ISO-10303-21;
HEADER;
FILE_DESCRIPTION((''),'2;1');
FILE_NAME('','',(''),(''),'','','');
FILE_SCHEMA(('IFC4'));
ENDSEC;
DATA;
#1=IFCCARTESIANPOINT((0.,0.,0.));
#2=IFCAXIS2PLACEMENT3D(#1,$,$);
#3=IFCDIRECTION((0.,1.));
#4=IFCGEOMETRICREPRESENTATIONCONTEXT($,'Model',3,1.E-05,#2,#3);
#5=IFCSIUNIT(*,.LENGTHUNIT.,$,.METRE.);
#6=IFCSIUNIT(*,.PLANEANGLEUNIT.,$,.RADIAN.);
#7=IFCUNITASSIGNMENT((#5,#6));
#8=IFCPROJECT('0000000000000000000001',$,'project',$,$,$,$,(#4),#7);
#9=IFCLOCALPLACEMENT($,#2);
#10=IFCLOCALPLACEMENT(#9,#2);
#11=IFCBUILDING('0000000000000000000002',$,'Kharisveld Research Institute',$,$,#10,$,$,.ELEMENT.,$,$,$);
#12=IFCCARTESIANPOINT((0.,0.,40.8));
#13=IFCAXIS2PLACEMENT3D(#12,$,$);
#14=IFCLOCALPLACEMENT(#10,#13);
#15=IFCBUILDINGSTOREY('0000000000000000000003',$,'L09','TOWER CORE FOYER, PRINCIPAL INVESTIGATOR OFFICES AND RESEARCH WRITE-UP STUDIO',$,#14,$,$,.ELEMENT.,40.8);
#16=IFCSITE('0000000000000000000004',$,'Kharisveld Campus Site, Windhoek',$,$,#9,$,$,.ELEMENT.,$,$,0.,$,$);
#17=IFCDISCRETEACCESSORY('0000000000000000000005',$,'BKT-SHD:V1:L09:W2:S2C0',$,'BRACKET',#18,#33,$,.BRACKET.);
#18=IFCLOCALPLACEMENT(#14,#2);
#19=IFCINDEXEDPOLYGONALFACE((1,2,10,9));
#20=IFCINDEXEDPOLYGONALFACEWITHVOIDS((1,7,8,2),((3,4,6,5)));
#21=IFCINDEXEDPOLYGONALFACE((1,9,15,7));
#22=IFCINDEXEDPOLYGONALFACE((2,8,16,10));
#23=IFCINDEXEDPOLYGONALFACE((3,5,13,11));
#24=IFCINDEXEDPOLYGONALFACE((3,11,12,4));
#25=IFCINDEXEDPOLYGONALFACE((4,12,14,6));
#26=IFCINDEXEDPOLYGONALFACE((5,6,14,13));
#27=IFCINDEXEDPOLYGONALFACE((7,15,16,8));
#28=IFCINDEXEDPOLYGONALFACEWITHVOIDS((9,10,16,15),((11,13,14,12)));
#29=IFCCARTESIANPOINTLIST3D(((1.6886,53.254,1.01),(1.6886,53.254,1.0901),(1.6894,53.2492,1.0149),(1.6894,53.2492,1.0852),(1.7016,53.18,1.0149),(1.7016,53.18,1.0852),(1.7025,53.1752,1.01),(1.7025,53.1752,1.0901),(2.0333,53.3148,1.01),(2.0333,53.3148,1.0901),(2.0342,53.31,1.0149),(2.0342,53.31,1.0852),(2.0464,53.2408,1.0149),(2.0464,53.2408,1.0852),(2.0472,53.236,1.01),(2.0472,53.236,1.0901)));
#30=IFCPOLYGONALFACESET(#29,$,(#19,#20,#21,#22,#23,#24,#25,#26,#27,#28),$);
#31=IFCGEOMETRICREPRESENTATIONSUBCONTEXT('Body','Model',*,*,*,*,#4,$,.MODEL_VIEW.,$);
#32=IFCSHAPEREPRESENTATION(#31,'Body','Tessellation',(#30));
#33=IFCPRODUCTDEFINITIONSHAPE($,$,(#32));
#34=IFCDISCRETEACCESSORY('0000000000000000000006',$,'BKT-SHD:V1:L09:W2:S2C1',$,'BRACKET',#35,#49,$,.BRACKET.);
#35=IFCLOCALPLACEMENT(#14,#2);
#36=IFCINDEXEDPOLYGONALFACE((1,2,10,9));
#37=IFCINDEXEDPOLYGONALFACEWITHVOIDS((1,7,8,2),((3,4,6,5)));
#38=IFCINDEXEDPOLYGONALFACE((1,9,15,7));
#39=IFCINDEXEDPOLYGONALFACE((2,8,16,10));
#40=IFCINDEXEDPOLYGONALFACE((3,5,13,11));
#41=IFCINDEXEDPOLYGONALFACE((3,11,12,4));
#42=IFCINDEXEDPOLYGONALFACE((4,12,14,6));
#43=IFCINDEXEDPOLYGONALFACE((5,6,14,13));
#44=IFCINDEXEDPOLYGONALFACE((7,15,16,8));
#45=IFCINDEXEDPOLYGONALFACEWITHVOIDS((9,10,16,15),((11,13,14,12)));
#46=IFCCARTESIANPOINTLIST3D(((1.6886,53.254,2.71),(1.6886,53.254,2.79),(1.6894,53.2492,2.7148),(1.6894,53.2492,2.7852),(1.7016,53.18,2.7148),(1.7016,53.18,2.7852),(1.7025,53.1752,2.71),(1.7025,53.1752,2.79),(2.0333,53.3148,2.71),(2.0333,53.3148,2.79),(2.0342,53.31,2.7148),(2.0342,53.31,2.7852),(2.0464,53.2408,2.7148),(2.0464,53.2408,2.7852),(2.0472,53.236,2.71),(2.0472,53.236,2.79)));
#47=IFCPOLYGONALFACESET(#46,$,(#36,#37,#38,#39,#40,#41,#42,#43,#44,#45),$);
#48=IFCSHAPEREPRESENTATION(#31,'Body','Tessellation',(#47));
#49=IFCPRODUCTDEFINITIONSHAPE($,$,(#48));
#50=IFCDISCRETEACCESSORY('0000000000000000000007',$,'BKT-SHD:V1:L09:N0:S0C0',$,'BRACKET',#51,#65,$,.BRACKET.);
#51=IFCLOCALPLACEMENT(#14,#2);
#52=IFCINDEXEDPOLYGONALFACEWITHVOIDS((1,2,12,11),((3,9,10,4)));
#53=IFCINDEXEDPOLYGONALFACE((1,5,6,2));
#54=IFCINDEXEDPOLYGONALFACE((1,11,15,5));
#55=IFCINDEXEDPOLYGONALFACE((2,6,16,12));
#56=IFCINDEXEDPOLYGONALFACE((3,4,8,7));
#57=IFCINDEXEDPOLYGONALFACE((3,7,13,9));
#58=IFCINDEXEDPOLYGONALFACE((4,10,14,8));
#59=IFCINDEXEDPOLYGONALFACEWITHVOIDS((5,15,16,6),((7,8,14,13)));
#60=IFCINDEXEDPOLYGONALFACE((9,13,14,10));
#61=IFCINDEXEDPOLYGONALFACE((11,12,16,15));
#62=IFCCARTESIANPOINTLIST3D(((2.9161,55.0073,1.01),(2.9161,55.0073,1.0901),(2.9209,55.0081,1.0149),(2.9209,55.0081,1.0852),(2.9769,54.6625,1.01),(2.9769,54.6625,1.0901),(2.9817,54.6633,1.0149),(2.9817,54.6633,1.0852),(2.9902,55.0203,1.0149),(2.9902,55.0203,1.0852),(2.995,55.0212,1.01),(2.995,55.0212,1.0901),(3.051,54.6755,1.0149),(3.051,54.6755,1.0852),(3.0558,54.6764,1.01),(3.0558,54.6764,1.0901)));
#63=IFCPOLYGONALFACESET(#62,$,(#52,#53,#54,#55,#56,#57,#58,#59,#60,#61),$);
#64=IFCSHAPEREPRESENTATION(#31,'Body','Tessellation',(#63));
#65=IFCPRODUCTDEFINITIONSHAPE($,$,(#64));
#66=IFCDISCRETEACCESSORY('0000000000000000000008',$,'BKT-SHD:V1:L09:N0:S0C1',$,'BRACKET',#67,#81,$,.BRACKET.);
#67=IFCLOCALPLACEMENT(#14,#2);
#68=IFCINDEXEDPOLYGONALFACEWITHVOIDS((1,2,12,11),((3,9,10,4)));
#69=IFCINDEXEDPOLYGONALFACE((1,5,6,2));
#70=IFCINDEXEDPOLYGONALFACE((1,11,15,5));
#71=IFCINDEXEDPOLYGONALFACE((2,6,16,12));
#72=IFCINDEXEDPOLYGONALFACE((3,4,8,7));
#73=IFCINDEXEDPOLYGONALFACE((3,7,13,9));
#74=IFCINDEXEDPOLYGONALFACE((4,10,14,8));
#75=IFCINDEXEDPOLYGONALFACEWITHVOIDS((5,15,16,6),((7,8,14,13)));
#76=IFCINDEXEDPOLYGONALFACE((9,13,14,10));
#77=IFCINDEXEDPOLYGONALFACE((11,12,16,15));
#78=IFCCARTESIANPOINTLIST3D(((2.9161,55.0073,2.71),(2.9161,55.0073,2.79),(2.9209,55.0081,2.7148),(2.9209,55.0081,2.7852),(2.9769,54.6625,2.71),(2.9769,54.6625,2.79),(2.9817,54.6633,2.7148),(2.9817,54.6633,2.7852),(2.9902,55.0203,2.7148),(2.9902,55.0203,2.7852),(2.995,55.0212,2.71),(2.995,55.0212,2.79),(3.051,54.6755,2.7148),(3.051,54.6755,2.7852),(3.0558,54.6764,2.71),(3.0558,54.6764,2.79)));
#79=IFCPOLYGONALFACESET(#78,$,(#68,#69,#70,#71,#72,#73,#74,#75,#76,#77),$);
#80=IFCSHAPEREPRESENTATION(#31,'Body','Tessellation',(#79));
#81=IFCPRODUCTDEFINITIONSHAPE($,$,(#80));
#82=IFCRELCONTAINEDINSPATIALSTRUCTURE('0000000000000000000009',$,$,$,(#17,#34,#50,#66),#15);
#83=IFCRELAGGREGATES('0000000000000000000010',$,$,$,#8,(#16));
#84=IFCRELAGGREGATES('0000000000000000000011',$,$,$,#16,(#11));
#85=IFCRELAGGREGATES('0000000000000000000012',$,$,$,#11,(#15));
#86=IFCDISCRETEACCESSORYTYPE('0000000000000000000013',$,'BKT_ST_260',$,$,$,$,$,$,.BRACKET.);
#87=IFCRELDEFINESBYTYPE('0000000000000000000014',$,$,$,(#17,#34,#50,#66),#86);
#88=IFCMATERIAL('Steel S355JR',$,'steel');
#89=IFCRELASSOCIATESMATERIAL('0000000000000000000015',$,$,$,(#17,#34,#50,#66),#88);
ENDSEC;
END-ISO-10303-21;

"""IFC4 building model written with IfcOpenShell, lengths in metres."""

from ifc_helpers import new_model, si_unit, direction, frame, origin, origin_2d, place, context, subcontext, project, spatial, hollow_rectangle, extrude, material, type_object, element, save


model = new_model("IFC4")

# Units and contexts
model_context = context("Model", 3, precision=1e-05, world=origin(), true_north=direction((0.0, 1.0)))
body_context = subcontext(model_context, "Body", "Model", "MODEL_VIEW")
ifc_project = project(units=[si_unit("LENGTHUNIT", "METRE"), si_unit("PLANEANGLEUNIT", "RADIAN")], contexts=[model_context])

# Site, building, storey
site_placement = place(None, origin())
site = spatial("IfcSite", under=ifc_project, at=site_placement, Name="Kharisveld Campus Site, Windhoek", CompositionType="ELEMENT", RefElevation=0.0)
building_placement = place(site_placement, origin())
building = spatial("IfcBuilding", under=site, at=building_placement, Name="Kharisveld Research Institute", CompositionType="ELEMENT")
storey_placement = place(building_placement, frame((0.0, 0.0, 40.8)))
storey = spatial("IfcBuildingStorey", under=building, at=storey_placement, Name="L09", Description="TOWER CORE FOYER, PRINCIPAL INVESTIGATOR OFFICES AND RESEARCH WRITE-UP STUDIO", CompositionType="ELEMENT", Elevation=40.8)

# Discrete accessories
ifc_material_1 = material(Name="Steel S355JR", Category="steel")
discrete_accessory_type = type_object("IfcDiscreteAccessoryType", Name="BKT_ST_260", PredefinedType="BRACKET")
for number, where, z_axis, x_axis, name in (
    (1, (2.0403, 53.2754, 1.05), (-0.984805, -0.173666, 0.0), (0.173666, -0.984805, 0.0), "BKT-SHD:V1:L09:W2:S2C0"),
    (2, (2.0403, 53.2754, 2.75), (-0.984805, -0.173666, 0.0), (0.173666, -0.984805, 0.0), "BKT-SHD:V1:L09:W2:S2C1"),
    (3, (3.0164, 54.6694, 1.05), (-0.173666, 0.984805, 0.0), (-0.984805, -0.173666, 0.0), "BKT-SHD:V1:L09:N0:S0C0"),
    (4, (3.0164, 54.6694, 2.75), (-0.173666, 0.984805, 0.0), (-0.984805, -0.173666, 0.0), "BKT-SHD:V1:L09:N0:S0C1"),
):
    element("IfcDiscreteAccessory", number, at=place(storey_placement, frame(where, z_axis=z_axis, x_axis=x_axis)), inside=storey, type_object=discrete_accessory_type, material=ifc_material_1, Name=name, ObjectType="BRACKET", PredefinedType="BRACKET", context=body_context, shape_type="SweptSolid", body=[
        extrude(hollow_rectangle(XDim=0.0801, YDim=0.0801, WallThickness=0.0049, at=origin_2d()), origin(), (0.0, 0.0, 1.0), 0.3501),
    ])

save(model, "model.ifc")
